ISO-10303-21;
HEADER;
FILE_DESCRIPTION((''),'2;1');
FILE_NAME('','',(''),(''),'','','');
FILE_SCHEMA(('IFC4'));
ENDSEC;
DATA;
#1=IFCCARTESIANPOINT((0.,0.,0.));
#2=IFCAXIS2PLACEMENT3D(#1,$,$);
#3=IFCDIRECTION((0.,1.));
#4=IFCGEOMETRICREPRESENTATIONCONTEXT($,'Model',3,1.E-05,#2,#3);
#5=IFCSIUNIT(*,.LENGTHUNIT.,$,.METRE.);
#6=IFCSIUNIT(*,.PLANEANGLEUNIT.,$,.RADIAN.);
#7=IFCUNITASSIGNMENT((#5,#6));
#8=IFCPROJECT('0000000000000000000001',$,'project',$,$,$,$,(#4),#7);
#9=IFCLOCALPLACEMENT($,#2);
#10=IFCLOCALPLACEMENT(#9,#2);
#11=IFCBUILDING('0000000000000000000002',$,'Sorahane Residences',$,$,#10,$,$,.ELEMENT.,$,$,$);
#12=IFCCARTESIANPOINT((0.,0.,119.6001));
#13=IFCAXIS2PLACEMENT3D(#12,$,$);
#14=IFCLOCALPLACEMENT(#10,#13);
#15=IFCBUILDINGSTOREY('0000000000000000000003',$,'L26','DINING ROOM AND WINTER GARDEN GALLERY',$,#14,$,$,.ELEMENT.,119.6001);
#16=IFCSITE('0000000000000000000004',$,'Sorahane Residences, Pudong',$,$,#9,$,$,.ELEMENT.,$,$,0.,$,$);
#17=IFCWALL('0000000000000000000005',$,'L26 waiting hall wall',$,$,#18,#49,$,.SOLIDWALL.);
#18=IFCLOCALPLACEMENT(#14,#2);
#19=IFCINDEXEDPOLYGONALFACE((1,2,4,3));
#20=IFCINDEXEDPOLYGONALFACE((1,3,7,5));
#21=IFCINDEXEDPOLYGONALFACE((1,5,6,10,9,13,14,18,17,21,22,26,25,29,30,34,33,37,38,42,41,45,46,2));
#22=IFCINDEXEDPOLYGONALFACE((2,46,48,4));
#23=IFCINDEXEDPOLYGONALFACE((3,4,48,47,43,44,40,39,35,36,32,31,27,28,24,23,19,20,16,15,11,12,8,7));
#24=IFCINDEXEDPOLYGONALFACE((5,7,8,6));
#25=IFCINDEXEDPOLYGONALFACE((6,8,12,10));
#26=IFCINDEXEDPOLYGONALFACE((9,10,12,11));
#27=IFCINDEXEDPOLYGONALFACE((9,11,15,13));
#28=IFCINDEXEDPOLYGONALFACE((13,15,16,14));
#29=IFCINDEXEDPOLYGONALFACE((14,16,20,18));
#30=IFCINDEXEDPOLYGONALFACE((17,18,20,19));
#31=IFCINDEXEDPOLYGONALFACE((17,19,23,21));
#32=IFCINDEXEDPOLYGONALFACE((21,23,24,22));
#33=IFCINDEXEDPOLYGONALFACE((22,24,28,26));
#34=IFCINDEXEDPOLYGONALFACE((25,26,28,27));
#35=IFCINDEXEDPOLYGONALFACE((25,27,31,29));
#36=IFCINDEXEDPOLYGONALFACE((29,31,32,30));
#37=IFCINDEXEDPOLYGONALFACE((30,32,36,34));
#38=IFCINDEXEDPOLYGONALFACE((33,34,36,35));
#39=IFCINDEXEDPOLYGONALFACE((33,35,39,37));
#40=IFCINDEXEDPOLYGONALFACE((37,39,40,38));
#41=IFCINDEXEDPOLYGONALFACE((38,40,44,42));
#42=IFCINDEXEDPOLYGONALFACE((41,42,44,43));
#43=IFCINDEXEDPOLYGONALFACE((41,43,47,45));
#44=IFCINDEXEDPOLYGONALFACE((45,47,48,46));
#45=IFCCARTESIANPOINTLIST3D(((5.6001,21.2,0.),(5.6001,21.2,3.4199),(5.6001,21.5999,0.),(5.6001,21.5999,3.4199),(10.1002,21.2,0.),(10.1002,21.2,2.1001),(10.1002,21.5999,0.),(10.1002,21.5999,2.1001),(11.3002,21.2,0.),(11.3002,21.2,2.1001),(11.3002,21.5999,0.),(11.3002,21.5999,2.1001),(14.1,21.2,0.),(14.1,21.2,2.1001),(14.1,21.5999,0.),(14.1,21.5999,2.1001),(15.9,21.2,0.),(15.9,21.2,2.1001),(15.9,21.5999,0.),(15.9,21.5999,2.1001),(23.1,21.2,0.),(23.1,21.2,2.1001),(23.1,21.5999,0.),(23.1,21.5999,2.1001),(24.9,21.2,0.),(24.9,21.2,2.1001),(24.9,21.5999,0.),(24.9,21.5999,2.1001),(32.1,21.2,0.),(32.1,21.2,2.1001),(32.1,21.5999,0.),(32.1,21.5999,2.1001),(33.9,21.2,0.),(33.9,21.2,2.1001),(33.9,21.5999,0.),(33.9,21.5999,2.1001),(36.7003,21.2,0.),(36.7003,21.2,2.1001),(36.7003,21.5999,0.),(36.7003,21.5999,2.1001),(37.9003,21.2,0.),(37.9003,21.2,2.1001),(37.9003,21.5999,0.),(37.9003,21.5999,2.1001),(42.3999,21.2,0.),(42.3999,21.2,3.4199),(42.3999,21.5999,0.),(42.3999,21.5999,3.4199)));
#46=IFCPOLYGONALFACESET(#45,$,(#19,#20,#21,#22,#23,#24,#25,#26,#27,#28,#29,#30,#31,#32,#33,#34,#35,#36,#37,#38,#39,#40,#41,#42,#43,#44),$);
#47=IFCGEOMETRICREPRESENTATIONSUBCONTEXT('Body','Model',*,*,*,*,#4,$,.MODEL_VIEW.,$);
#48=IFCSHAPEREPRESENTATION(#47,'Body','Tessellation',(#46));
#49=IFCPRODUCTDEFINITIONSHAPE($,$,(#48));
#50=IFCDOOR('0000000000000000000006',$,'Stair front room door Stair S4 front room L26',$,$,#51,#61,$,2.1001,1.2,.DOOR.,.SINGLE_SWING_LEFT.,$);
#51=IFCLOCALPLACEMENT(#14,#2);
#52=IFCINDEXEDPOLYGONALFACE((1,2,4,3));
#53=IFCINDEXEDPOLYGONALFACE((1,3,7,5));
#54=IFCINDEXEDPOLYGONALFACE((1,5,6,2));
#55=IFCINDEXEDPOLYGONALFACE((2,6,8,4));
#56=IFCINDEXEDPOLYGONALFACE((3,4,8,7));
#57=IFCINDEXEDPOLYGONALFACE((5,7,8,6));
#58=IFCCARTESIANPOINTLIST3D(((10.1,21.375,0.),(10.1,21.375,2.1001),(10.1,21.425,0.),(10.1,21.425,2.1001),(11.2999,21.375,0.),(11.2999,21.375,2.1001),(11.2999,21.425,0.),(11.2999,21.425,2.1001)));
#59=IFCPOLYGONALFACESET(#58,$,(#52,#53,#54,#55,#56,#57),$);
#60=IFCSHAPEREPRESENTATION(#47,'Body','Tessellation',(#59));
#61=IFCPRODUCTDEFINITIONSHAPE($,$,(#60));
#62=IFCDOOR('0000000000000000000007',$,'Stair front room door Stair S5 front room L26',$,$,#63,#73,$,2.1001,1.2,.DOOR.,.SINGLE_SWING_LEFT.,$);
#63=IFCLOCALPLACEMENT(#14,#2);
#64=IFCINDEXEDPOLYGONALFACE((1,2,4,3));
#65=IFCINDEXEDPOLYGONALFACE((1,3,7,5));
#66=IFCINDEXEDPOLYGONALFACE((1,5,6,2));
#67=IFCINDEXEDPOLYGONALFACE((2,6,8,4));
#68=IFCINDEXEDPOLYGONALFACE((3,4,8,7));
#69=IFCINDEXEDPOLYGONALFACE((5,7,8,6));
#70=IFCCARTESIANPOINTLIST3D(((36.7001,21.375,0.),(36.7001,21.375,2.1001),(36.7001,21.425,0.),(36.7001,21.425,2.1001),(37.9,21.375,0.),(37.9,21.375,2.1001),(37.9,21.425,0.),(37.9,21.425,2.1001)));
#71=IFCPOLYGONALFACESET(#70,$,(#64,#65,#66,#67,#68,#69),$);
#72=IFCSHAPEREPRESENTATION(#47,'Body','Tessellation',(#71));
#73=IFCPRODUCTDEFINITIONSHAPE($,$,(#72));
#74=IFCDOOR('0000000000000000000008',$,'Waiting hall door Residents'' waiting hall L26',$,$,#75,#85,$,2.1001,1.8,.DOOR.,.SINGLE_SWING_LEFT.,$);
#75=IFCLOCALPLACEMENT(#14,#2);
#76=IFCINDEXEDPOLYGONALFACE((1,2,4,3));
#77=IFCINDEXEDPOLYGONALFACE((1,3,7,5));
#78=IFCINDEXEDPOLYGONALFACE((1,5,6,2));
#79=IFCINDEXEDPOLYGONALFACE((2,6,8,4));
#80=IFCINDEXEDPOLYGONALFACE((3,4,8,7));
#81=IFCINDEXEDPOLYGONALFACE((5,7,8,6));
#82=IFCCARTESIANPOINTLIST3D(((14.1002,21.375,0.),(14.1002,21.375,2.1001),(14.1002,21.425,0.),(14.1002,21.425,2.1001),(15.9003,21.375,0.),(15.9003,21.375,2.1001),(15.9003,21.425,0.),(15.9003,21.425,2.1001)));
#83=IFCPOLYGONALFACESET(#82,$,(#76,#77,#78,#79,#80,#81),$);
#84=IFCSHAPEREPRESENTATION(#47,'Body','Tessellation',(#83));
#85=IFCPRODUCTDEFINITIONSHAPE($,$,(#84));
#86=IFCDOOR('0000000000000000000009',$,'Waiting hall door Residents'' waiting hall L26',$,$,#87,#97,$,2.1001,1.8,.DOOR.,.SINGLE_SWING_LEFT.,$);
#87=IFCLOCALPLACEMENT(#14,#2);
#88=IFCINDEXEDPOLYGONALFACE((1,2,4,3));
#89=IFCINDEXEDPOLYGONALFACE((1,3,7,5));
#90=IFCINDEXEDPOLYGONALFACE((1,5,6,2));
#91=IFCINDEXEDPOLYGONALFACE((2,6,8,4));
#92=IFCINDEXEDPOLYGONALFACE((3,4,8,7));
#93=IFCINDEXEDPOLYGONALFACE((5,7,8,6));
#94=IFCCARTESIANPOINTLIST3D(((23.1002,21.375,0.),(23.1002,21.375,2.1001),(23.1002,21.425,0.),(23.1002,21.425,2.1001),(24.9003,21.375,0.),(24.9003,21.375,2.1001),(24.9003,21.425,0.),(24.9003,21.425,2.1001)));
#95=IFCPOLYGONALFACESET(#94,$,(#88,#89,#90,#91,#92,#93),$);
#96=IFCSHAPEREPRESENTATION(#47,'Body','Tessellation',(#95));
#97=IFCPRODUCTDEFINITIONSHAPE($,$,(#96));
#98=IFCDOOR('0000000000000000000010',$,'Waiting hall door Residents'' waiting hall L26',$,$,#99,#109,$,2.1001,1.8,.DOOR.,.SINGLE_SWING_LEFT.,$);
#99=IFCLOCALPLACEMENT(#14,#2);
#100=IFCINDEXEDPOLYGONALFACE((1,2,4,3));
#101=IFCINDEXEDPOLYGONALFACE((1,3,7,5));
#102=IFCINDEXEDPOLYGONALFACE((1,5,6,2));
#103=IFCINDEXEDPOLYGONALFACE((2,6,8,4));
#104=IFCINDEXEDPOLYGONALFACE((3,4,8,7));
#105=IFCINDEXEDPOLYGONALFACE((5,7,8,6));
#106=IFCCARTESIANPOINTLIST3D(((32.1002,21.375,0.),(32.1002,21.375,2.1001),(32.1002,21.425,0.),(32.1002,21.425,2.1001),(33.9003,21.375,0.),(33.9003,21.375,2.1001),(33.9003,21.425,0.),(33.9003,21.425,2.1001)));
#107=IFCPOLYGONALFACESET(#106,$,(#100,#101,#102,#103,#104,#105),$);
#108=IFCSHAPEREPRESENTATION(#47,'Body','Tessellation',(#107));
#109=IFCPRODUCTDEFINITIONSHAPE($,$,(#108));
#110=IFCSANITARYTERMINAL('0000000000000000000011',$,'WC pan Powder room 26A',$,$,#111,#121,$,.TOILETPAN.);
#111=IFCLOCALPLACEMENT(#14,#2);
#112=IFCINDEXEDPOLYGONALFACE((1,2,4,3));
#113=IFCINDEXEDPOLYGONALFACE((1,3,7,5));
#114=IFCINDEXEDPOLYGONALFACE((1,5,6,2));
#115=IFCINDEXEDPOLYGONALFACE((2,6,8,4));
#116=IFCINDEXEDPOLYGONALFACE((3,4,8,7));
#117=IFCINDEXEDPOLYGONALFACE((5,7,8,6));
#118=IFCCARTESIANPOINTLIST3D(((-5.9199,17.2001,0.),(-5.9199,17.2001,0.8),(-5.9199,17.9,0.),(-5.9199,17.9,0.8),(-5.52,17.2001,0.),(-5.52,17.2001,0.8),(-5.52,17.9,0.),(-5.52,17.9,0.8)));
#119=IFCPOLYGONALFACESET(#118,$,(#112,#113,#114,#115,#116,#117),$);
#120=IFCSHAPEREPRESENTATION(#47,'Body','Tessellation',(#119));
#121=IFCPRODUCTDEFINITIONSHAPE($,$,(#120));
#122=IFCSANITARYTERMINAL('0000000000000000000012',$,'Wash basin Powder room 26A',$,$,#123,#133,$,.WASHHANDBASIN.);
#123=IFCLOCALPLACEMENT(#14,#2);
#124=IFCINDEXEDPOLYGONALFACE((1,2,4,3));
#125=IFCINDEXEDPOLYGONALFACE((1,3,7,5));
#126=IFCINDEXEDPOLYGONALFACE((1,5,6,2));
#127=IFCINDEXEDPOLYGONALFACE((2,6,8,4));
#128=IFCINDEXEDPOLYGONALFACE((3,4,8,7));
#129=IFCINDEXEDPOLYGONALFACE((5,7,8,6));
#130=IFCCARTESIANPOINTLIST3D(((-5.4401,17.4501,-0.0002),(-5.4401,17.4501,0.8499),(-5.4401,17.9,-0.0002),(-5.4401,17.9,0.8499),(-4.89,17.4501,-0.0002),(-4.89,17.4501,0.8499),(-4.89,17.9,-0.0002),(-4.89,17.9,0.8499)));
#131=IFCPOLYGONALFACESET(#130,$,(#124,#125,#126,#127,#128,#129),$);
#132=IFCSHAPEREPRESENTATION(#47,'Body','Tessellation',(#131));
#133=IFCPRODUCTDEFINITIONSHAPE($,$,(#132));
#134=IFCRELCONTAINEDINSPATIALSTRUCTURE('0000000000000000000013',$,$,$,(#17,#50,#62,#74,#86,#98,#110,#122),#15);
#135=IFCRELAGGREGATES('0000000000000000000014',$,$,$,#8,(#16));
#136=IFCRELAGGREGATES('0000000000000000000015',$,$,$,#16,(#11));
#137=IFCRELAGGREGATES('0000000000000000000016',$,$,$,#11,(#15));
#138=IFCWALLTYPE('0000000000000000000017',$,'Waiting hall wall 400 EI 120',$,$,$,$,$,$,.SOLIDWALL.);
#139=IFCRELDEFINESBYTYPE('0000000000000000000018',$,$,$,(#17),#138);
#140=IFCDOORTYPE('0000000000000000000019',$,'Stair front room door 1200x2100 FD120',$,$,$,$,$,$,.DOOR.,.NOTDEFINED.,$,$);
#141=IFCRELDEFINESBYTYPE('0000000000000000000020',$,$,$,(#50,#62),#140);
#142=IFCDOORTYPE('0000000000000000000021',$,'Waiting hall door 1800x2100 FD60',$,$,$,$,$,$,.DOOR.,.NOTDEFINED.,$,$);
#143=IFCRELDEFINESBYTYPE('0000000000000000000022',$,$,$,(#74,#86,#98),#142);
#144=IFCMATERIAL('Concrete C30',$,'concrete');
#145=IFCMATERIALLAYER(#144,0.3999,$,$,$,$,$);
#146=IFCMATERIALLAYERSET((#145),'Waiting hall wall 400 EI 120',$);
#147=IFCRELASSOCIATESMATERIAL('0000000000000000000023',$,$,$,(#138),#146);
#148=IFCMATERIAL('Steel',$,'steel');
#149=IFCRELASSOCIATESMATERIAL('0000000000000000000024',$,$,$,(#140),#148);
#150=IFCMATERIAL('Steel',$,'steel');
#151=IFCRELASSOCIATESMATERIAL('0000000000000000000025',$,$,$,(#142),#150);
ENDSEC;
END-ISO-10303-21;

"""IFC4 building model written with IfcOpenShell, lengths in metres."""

from ifc_helpers import new_model, si_unit, direction, frame, frame_2d, origin, origin_2d, place, context, subcontext, project, spatial, rectangle, extrude, material, layer, layer_set, type_object, element, fill, save


model = new_model("IFC4")

# Units and contexts
model_context = context("Model", 3, precision=1e-05, world=origin(), true_north=direction((0.0, 1.0)))
body_context = subcontext(model_context, "Body", "Model", "MODEL_VIEW")
ifc_project = project(units=[si_unit("LENGTHUNIT", "METRE"), si_unit("PLANEANGLEUNIT", "RADIAN")], contexts=[model_context])

# Site, building, storey
site_placement = place(None, origin())
site = spatial("IfcSite", under=ifc_project, at=site_placement, Name="Sorahane Residences, Pudong", CompositionType="ELEMENT", RefElevation=0.0)
building_placement = place(site_placement, origin())
building = spatial("IfcBuilding", under=site, at=building_placement, Name="Sorahane Residences", CompositionType="ELEMENT")
storey_placement = place(building_placement, frame((0.0, 0.0, 119.6001)))
storey = spatial("IfcBuildingStorey", under=building, at=storey_placement, Name="L26", Description="DINING ROOM AND WINTER GARDEN GALLERY", CompositionType="ELEMENT", Elevation=119.6001)

# Wall, openings, doors
ifc_material_1 = material(Name="Concrete C30", Category="concrete")
ifc_layer_1 = layer(ifc_material_1, 0.3999)
ifc_layer_set_1 = layer_set([ifc_layer_1], Name="Waiting hall wall 400 EI 120")
wall_type_1 = type_object("IfcWallType", Name="Waiting hall wall 400 EI 120", PredefinedType="SOLIDWALL", material=ifc_layer_set_1)
wall_1_placement = place(storey_placement, frame((5.6001, 21.3999, 0.0), z_axis=(0.0, 0.0, 1.0), x_axis=(1.0, 0.0, 0.0)))
wall_1 = element("IfcWall", 1, at=wall_1_placement, inside=storey, type_object=wall_type_1, Name="L26 waiting hall wall", PredefinedType="SOLIDWALL", context=body_context, shape_type="SweptSolid", body=[
    extrude(rectangle(XDim=36.7998, YDim=0.3999, at=frame_2d((18.3999, 0.0))), origin(), (0.0, 0.0, 1.0), 3.4199),
])
opening_1_placement = place(wall_1_placement, frame((8.5, 0.0, 0.0)))
opening_1 = element("IfcOpeningElement", 2, at=opening_1_placement, cuts=wall_1, PredefinedType="OPENING", context=body_context, shape_type="SweptSolid", body=[
    extrude(rectangle(XDim=1.8, YDim=2.1001, at=frame_2d((0.8999, 1.05))), frame((0.0, 0.21, 0.0), z_axis=(0.0, -1.0, 0.0), x_axis=(1.0, 0.0, 0.0)), (0.0, 0.0, 1.0), 0.4199),
])
opening_2_placement = place(wall_1_placement, frame((17.5, 0.0, 0.0)))
opening_2 = element("IfcOpeningElement", 3, at=opening_2_placement, cuts=wall_1, PredefinedType="OPENING", context=body_context, shape_type="SweptSolid", body=[
    extrude(rectangle(XDim=1.8, YDim=2.1001, at=frame_2d((0.8999, 1.05))), frame((0.0, 0.21, 0.0), z_axis=(0.0, -1.0, 0.0), x_axis=(1.0, 0.0, 0.0)), (0.0, 0.0, 1.0), 0.4199),
])
opening_3_placement = place(wall_1_placement, frame((26.5, 0.0, 0.0)))
opening_3 = element("IfcOpeningElement", 4, at=opening_3_placement, cuts=wall_1, PredefinedType="OPENING", context=body_context, shape_type="SweptSolid", body=[
    extrude(rectangle(XDim=1.8, YDim=2.1001, at=frame_2d((0.8999, 1.05))), frame((0.0, 0.21, 0.0), z_axis=(0.0, -1.0, 0.0), x_axis=(1.0, 0.0, 0.0)), (0.0, 0.0, 1.0), 0.4199),
])
opening_4_placement = place(wall_1_placement, frame((4.5, 0.0, 0.0)))
opening_4 = element("IfcOpeningElement", 5, at=opening_4_placement, cuts=wall_1, PredefinedType="OPENING", context=body_context, shape_type="SweptSolid", body=[
    extrude(rectangle(XDim=1.2, YDim=2.1001, at=frame_2d((0.6001, 1.05))), frame((0.0, 0.21, 0.0), z_axis=(0.0, -1.0, 0.0), x_axis=(1.0, 0.0, 0.0)), (0.0, 0.0, 1.0), 0.4199),
])
opening_5_placement = place(wall_1_placement, frame((31.1001, 0.0, 0.0)))
opening_5 = element("IfcOpeningElement", 6, at=opening_5_placement, cuts=wall_1, PredefinedType="OPENING", context=body_context, shape_type="SweptSolid", body=[
    extrude(rectangle(XDim=1.2, YDim=2.1001, at=frame_2d((0.6001, 1.05))), frame((0.0, 0.21, 0.0), z_axis=(0.0, -1.0, 0.0), x_axis=(1.0, 0.0, 0.0)), (0.0, 0.0, 1.0), 0.4199),
])
ifc_material_2 = material(Name="Steel", Category="steel")
door_type_1 = type_object("IfcDoorType", Name="Stair front room door 1200x2100 FD120", OperationType="NOTDEFINED", PredefinedType="DOOR", material=ifc_material_2)
door_1_placement = place(opening_4_placement, frame((1.2, 0.0, 0.0), z_axis=(0.0, 0.0, 1.0), x_axis=(-1.0, 0.0, 0.0)))
door_1 = element("IfcDoor", 7, at=door_1_placement, inside=storey, type_object=door_type_1, Name="Stair front room door Stair S4 front room L26", OperationType="SINGLE_SWING_LEFT", OverallHeight=2.1001, OverallWidth=1.2, PredefinedType="DOOR", context=body_context, shape_type="SweptSolid", body=[
    extrude(rectangle(XDim=1.2, YDim=2.1001, at=frame_2d((0.6001, 1.05))), frame((0.0, 0.0249, 0.0), z_axis=(0.0, -1.0, 0.0), x_axis=(1.0, 0.0, 0.0)), (0.0, 0.0, 1.0), 0.05),
])
fill(opening_4, door_1)
door_2_placement = place(opening_5_placement, frame((1.2, 0.0, 0.0), z_axis=(0.0, 0.0, 1.0), x_axis=(-1.0, 0.0, 0.0)))
door_2 = element("IfcDoor", 8, at=door_2_placement, inside=storey, type_object=door_type_1, Name="Stair front room door Stair S5 front room L26", OperationType="SINGLE_SWING_LEFT", OverallHeight=2.1001, OverallWidth=1.2, PredefinedType="DOOR", context=body_context, shape_type="SweptSolid", body=[
    extrude(rectangle(XDim=1.2, YDim=2.1001, at=frame_2d((0.6001, 1.05))), frame((0.0, 0.0249, 0.0), z_axis=(0.0, -1.0, 0.0), x_axis=(1.0, 0.0, 0.0)), (0.0, 0.0, 1.0), 0.05),
])
fill(opening_5, door_2)
ifc_material_3 = material(Name="Steel", Category="steel")
door_type_2 = type_object("IfcDoorType", Name="Waiting hall door 1800x2100 FD60", OperationType="NOTDEFINED", PredefinedType="DOOR", material=ifc_material_3)
door_3_placement = place(opening_1_placement, frame((1.8, 0.0, 0.0), z_axis=(0.0, 0.0, 1.0), x_axis=(-1.0, 0.0, 0.0)))
door_3 = element("IfcDoor", 9, at=door_3_placement, inside=storey, type_object=door_type_2, Name="Waiting hall door Residents' waiting hall L26", OperationType="SINGLE_SWING_LEFT", OverallHeight=2.1001, OverallWidth=1.8, PredefinedType="DOOR", context=body_context, shape_type="SweptSolid", body=[
    extrude(rectangle(XDim=1.8, YDim=2.1001, at=frame_2d((0.8999, 1.05))), frame((0.0, 0.0249, 0.0), z_axis=(0.0, -1.0, 0.0), x_axis=(1.0, 0.0, 0.0)), (0.0, 0.0, 1.0), 0.05),
])
fill(opening_1, door_3)
door_4_placement = place(opening_2_placement, frame((1.8, 0.0, 0.0), z_axis=(0.0, 0.0, 1.0), x_axis=(-1.0, 0.0, 0.0)))
door_4 = element("IfcDoor", 10, at=door_4_placement, inside=storey, type_object=door_type_2, Name="Waiting hall door Residents' waiting hall L26", OperationType="SINGLE_SWING_LEFT", OverallHeight=2.1001, OverallWidth=1.8, PredefinedType="DOOR", context=body_context, shape_type="SweptSolid", body=[
    extrude(rectangle(XDim=1.8, YDim=2.1001, at=frame_2d((0.8999, 1.05))), frame((0.0, 0.0249, 0.0), z_axis=(0.0, -1.0, 0.0), x_axis=(1.0, 0.0, 0.0)), (0.0, 0.0, 1.0), 0.05),
])
fill(opening_2, door_4)
door_5_placement = place(opening_3_placement, frame((1.8, 0.0, 0.0), z_axis=(0.0, 0.0, 1.0), x_axis=(-1.0, 0.0, 0.0)))
door_5 = element("IfcDoor", 11, at=door_5_placement, inside=storey, type_object=door_type_2, Name="Waiting hall door Residents' waiting hall L26", OperationType="SINGLE_SWING_LEFT", OverallHeight=2.1001, OverallWidth=1.8, PredefinedType="DOOR", context=body_context, shape_type="SweptSolid", body=[
    extrude(rectangle(XDim=1.8, YDim=2.1001, at=frame_2d((0.8999, 1.05))), frame((0.0, 0.0249, 0.0), z_axis=(0.0, -1.0, 0.0), x_axis=(1.0, 0.0, 0.0)), (0.0, 0.0, 1.0), 0.05),
])
fill(opening_3, door_5)

# Sanitary terminals
sanitary_terminal_1_placement = place(storey_placement, frame((-5.72, 17.55, 0.0), z_axis=(0.0, 0.0, 1.0), x_axis=(1.0, 0.0, 0.0)))
element("IfcSanitaryTerminal", 12, at=sanitary_terminal_1_placement, inside=storey, Name="WC pan Powder room 26A", PredefinedType="TOILETPAN", context=body_context, shape_type="SweptSolid", body=[
    extrude(rectangle(XDim=0.3999, YDim=0.7, at=origin_2d()), origin(), (0.0, 0.0, 1.0), 0.8),
])
sanitary_terminal_2_placement = place(storey_placement, frame((-5.165, 17.675, -0.0002), z_axis=(0.0, 0.0, 1.0), x_axis=(1.0, 0.0, 0.0)))
element("IfcSanitaryTerminal", 13, at=sanitary_terminal_2_placement, inside=storey, Name="Wash basin Powder room 26A", PredefinedType="WASHHANDBASIN", context=body_context, shape_type="SweptSolid", body=[
    extrude(rectangle(XDim=0.55, YDim=0.45, at=origin_2d()), origin(), (0.0, 0.0, 1.0), 0.8501),
])

save(model, "model.ifc")
